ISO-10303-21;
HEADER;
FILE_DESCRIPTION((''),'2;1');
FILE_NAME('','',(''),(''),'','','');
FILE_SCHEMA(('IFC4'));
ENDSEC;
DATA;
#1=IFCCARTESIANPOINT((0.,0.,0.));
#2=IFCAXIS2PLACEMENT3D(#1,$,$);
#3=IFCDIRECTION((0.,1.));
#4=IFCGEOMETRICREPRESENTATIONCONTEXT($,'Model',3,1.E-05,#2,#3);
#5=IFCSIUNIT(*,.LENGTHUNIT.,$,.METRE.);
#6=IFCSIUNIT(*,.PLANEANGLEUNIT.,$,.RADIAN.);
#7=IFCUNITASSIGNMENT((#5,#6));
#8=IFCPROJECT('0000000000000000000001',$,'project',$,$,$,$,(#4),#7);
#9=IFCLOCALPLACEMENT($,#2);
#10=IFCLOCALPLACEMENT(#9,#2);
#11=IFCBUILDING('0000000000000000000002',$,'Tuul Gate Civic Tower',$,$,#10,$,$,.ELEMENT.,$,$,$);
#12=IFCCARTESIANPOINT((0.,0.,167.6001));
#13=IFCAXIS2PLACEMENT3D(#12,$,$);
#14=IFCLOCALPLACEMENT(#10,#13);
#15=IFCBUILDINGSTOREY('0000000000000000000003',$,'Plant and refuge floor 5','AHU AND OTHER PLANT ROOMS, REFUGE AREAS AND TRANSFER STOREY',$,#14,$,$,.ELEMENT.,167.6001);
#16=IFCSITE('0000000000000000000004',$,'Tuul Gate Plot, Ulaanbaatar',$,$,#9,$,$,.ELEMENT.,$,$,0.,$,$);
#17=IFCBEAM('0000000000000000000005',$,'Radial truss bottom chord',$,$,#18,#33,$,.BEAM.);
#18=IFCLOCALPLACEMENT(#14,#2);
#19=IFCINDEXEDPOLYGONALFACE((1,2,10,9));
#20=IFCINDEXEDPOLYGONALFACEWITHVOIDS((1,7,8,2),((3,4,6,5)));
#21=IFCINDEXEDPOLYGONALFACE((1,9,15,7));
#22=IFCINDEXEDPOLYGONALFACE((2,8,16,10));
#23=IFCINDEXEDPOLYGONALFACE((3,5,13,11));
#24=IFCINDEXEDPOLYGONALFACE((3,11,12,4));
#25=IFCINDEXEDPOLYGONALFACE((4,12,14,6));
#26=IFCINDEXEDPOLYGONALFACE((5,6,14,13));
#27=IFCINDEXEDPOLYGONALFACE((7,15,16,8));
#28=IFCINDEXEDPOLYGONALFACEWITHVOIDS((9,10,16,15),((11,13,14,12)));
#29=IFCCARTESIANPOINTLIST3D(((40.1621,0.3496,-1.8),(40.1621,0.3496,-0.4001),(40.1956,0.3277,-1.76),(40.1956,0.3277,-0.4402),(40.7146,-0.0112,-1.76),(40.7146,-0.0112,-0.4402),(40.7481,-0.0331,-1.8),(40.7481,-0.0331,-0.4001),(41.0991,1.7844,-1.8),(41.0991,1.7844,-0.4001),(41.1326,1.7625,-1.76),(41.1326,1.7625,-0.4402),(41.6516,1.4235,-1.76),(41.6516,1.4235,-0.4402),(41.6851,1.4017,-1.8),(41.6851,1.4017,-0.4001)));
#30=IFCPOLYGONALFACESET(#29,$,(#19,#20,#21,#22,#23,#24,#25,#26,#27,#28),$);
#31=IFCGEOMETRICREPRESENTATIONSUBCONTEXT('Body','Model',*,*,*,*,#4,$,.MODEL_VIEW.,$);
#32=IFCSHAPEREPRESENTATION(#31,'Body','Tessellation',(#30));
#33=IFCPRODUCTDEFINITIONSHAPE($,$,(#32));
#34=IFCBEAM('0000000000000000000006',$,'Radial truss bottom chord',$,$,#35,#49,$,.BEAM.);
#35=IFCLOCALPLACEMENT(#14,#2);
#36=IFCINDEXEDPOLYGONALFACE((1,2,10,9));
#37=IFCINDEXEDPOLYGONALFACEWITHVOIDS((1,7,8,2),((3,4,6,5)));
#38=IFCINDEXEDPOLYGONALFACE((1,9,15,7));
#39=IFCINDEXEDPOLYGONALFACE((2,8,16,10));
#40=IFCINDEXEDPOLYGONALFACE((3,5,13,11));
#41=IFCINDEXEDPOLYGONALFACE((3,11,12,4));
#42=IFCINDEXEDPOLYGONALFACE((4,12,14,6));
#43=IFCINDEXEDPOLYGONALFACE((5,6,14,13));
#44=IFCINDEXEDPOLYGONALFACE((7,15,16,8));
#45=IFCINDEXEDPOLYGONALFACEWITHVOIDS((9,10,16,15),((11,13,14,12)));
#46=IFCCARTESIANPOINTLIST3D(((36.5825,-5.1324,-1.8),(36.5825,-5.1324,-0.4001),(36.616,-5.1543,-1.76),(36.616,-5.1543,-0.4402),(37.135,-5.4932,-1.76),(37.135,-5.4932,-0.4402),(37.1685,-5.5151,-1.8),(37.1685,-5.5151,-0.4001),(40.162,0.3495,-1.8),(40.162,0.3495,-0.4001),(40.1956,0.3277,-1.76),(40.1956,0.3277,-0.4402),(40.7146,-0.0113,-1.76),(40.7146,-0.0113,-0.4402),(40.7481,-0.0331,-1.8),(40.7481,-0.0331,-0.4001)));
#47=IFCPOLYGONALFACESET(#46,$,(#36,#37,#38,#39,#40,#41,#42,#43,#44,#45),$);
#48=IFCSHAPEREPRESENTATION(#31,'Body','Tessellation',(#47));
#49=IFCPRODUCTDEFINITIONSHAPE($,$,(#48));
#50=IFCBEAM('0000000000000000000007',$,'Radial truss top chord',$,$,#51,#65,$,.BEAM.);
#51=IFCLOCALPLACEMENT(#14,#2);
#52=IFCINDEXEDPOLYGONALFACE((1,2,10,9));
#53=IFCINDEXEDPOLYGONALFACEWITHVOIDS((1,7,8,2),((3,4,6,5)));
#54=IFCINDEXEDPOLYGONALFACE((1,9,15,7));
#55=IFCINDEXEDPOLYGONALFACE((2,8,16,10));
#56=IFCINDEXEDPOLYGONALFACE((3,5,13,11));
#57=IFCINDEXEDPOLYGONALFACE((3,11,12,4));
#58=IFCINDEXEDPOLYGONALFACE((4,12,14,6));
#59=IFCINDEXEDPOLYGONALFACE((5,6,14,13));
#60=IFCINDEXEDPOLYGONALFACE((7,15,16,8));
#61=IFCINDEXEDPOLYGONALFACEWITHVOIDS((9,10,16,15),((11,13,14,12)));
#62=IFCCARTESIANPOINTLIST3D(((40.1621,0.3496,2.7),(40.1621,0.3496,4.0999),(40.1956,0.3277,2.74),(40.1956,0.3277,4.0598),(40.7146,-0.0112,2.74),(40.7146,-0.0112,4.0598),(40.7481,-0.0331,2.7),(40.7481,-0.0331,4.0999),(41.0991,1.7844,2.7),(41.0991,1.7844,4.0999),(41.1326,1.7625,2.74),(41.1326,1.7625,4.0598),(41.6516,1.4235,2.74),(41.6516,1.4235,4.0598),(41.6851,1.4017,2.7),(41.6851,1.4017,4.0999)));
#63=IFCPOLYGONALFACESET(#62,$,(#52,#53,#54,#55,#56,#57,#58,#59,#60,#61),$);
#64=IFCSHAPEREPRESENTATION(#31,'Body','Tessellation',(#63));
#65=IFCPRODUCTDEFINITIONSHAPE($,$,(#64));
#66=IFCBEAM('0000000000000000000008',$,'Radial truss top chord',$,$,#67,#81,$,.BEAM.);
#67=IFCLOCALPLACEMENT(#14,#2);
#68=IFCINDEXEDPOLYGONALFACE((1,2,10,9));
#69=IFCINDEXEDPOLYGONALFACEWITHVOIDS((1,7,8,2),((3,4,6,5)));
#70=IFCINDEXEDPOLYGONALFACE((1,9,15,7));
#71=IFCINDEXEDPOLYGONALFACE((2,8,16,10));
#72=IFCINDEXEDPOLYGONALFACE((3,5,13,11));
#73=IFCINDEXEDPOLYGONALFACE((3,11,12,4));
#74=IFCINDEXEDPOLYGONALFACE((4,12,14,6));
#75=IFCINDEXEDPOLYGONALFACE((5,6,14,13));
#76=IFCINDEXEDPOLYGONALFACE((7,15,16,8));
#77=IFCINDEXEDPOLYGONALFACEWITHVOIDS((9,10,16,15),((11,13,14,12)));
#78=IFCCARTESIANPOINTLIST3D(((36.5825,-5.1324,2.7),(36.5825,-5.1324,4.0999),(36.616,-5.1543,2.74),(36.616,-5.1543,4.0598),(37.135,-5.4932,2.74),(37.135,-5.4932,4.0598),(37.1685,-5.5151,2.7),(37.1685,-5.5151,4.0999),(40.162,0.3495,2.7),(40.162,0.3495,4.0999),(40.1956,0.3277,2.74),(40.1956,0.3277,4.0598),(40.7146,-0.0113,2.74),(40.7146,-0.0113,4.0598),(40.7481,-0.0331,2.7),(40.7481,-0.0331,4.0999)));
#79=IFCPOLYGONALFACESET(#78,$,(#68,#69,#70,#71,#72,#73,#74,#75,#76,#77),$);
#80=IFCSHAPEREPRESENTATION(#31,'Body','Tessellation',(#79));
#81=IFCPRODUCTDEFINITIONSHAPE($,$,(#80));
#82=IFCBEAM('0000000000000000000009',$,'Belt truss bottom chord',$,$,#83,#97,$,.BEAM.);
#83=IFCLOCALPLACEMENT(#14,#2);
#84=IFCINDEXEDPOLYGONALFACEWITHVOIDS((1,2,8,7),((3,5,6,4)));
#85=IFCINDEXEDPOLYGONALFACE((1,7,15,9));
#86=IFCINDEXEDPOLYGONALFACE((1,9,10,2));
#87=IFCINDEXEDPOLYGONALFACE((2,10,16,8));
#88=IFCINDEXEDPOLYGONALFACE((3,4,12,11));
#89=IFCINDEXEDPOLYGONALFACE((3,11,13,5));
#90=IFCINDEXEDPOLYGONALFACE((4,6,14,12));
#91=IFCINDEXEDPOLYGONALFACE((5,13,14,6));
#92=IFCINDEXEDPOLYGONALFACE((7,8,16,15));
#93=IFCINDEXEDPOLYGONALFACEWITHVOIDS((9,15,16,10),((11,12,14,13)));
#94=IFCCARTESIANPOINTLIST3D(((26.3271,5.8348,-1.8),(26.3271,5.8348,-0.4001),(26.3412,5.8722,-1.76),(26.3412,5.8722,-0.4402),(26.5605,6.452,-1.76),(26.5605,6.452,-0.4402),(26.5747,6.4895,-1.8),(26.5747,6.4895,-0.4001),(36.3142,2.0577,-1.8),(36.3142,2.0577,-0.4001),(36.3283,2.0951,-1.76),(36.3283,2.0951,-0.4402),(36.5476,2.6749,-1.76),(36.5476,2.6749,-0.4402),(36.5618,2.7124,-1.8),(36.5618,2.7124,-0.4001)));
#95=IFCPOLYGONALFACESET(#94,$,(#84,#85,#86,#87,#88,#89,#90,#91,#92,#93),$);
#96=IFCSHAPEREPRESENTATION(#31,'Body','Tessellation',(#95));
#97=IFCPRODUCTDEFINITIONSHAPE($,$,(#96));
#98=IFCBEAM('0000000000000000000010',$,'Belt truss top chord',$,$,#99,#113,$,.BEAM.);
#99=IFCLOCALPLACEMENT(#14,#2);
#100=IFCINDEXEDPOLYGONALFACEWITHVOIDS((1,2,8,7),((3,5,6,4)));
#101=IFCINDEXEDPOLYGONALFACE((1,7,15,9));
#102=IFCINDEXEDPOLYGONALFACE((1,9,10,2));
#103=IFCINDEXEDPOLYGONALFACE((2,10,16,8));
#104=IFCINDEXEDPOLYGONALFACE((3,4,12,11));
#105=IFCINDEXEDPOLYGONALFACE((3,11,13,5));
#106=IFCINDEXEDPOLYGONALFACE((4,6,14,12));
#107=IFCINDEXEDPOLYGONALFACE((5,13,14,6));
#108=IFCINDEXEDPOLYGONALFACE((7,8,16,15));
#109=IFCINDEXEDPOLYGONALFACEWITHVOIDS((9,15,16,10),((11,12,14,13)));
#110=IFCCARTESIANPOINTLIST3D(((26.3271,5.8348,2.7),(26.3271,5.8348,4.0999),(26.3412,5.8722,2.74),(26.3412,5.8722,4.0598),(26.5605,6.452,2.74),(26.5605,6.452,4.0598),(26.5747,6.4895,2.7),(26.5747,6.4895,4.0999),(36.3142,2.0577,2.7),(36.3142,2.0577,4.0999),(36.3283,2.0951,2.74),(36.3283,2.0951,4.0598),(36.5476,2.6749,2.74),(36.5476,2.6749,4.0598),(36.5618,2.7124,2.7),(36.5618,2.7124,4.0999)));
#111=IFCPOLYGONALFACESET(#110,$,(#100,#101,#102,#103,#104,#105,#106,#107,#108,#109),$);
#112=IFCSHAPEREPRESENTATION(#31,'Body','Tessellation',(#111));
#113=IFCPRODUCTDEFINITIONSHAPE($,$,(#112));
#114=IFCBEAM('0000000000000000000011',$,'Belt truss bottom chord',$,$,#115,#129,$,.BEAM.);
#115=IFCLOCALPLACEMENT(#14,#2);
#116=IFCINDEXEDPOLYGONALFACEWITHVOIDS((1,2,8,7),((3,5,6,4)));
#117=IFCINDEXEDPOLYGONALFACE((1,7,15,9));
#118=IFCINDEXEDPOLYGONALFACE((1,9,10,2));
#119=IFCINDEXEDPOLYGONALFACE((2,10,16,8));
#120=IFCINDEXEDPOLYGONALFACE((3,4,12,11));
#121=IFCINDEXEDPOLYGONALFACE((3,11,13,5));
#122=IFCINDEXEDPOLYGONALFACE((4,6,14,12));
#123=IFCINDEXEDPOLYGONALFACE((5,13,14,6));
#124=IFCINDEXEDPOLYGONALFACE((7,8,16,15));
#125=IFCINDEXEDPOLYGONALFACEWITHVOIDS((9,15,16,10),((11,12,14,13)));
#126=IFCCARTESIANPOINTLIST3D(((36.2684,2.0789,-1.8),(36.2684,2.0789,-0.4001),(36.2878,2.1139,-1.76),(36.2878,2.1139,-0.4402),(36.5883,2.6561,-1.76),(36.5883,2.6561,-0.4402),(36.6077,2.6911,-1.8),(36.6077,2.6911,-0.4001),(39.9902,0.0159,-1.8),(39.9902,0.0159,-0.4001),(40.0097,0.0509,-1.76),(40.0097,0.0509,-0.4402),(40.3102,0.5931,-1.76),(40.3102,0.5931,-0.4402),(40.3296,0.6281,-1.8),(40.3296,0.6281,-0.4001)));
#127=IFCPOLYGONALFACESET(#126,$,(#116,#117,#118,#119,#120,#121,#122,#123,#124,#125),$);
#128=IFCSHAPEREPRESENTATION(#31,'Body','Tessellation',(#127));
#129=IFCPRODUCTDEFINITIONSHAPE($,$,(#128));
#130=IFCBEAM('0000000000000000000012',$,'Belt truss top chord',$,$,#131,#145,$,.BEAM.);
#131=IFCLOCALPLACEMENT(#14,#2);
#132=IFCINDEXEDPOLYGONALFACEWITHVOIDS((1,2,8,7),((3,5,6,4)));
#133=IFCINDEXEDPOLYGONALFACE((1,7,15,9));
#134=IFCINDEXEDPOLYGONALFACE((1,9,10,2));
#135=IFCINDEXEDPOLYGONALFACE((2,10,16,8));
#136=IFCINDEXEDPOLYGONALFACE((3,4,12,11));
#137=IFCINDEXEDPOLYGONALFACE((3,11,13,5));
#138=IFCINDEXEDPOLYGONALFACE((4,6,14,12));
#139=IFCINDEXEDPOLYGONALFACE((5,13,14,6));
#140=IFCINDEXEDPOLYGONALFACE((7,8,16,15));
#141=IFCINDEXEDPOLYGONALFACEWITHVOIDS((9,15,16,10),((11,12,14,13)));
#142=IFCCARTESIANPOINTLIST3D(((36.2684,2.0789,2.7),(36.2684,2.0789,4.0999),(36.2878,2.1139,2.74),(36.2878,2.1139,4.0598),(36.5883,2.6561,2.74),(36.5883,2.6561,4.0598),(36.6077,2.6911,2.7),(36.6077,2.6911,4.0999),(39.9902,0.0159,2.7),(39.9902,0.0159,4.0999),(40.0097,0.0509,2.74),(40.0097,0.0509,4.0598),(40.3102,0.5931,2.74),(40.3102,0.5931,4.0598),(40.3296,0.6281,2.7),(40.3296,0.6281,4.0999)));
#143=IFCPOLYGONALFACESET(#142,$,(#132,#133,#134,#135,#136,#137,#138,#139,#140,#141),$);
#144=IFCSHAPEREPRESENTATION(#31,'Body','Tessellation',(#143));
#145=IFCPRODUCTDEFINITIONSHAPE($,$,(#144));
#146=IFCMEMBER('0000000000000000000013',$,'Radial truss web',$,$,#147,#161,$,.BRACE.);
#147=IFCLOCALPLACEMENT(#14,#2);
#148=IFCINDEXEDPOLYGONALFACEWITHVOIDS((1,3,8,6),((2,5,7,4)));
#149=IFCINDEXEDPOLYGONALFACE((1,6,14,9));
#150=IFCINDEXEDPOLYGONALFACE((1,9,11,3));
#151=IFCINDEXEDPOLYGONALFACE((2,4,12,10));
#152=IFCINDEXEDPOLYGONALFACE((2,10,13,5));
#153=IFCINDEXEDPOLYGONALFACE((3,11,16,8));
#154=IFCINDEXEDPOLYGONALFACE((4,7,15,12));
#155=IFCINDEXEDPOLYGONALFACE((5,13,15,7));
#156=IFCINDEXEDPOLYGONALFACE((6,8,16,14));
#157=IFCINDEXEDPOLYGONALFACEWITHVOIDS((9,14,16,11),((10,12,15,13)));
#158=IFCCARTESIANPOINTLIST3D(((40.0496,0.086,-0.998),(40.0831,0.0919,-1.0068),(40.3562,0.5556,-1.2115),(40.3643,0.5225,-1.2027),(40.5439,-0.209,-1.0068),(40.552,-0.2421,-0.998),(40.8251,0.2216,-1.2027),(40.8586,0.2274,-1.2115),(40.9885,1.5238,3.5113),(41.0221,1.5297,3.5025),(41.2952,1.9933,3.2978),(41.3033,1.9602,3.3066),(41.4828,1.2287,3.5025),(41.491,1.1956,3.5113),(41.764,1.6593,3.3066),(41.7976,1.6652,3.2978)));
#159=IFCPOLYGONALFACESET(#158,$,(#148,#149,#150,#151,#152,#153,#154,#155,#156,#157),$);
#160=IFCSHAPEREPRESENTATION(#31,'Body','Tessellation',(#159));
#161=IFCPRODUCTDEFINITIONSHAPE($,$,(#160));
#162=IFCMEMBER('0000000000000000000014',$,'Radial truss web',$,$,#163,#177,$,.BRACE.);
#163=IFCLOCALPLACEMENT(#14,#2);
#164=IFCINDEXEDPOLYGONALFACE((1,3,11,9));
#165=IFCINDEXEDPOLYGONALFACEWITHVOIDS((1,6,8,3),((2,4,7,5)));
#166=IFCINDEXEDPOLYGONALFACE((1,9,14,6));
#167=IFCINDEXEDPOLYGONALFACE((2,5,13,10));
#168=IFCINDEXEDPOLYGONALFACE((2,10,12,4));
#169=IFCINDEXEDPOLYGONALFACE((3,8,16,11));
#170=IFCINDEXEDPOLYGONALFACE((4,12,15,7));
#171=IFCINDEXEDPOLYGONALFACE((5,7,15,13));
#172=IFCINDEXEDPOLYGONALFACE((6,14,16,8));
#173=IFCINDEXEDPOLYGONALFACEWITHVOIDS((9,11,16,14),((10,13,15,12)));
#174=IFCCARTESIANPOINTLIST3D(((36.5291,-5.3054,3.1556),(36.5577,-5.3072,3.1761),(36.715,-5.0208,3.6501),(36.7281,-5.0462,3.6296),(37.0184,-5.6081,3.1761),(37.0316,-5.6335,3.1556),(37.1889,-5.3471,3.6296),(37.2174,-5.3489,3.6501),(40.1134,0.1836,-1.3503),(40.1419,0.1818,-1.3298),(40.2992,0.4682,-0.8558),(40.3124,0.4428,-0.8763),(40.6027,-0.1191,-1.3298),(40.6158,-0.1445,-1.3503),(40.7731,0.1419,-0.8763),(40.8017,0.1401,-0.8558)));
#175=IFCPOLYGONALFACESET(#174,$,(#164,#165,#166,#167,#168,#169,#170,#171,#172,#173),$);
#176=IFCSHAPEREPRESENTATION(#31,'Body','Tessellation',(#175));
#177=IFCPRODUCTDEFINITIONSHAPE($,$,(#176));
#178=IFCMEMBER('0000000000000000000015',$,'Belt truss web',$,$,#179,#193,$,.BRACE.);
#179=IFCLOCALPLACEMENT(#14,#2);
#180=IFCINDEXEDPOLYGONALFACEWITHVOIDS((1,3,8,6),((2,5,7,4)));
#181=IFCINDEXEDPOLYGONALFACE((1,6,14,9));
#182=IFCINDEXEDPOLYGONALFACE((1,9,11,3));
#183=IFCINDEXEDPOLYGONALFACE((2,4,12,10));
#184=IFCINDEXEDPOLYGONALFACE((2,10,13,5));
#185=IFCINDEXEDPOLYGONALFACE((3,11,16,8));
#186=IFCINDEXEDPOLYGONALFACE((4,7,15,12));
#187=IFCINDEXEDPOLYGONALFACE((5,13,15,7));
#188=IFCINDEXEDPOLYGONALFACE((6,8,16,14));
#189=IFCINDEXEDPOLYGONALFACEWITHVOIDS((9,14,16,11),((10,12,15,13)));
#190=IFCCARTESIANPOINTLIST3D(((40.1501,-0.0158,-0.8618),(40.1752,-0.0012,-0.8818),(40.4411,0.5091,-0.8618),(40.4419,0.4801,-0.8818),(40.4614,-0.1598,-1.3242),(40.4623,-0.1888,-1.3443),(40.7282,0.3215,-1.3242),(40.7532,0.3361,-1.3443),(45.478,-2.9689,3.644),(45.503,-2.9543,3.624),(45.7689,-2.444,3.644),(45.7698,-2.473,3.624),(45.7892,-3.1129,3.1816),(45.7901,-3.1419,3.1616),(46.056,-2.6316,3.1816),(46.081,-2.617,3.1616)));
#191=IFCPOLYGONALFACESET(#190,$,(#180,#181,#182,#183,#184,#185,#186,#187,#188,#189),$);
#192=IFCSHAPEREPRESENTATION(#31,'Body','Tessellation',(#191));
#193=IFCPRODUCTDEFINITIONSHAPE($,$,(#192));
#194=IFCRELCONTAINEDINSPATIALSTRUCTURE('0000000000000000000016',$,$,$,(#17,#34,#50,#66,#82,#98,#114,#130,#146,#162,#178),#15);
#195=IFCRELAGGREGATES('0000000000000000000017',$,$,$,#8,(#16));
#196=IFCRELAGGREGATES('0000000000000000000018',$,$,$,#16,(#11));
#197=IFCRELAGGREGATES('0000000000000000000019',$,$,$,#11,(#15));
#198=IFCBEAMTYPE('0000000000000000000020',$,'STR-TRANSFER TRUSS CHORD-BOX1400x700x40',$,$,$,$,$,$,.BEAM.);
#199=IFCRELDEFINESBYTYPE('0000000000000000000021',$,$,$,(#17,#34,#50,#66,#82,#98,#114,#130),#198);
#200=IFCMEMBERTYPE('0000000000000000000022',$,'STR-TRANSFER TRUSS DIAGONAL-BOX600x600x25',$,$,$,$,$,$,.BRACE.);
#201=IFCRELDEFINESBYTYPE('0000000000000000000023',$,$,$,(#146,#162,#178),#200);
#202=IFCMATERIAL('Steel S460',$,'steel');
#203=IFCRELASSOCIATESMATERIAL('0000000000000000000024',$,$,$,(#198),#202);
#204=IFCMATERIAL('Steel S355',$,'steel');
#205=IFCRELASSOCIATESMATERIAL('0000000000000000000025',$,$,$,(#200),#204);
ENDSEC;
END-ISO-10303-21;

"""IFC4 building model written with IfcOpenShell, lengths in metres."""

from ifc_helpers import new_model, si_unit, direction, frame, origin, origin_2d, place, context, subcontext, project, spatial, hollow_rectangle, extrude, material, material_profile, profile_set, type_object, element, save


model = new_model("IFC4")

# Units and contexts
model_context = context("Model", 3, precision=1e-05, world=origin(), true_north=direction((0.0, 1.0)))
body_context = subcontext(model_context, "Body", "Model", "MODEL_VIEW")
ifc_project = project(units=[si_unit("LENGTHUNIT", "METRE"), si_unit("PLANEANGLEUNIT", "RADIAN")], contexts=[model_context])

# Site, building, storey
site_placement = place(None, origin())
site = spatial("IfcSite", under=ifc_project, at=site_placement, Name="Tuul Gate Plot, Ulaanbaatar", CompositionType="ELEMENT", RefElevation=0.0)
building_placement = place(site_placement, origin())
building = spatial("IfcBuilding", under=site, at=building_placement, Name="Tuul Gate Civic Tower", CompositionType="ELEMENT")
storey_placement = place(building_placement, frame((0.0, 0.0, 167.6001)))
storey = spatial("IfcBuildingStorey", under=building, at=storey_placement, Name="Plant and refuge floor 5", Description="AHU AND OTHER PLANT ROOMS, REFUGE AREAS AND TRANSFER STOREY", CompositionType="ELEMENT", Elevation=167.6001)

# Beams
ifc_material_1 = material(Name="Steel S460", Category="steel")
ifc_material_profile_1 = material_profile(ifc_material_1, hollow_rectangle(XDim=0.7, YDim=1.3999, WallThickness=0.04, at=origin_2d()), Name="BOX1400x700x40")
ifc_profile_set_1 = profile_set([ifc_material_profile_1], Name="Steel S460")
beam_type = type_object("IfcBeamType", Name="STR-TRANSFER TRUSS CHORD-BOX1400x700x40", PredefinedType="BEAM", material=ifc_profile_set_1)
beam_1_placement = place(storey_placement, frame((41.3921, 1.593, -1.1001), z_axis=(-0.546785, -0.837273, 0.0), x_axis=(0.837273, -0.546785, 0.0)))
element("IfcBeam", 1, at=beam_1_placement, inside=storey, type_object=beam_type, Name="Radial truss bottom chord", PredefinedType="BEAM", context=body_context, shape_type="SweptSolid", body=[
    extrude(hollow_rectangle(XDim=0.7, YDim=1.3999, WallThickness=0.04, at=origin_2d()), origin(), (0.0, 0.0, 1.0), 1.7136),
])
beam_2_placement = place(storey_placement, frame((40.4551, 0.1582, -1.1001), z_axis=(-0.546741, -0.837302, 0.0), x_axis=(0.837302, -0.546741, 0.0)))
element("IfcBeam", 2, at=beam_2_placement, inside=storey, type_object=beam_type, Name="Radial truss bottom chord", PredefinedType="BEAM", context=body_context, shape_type="SweptSolid", body=[
    extrude(hollow_rectangle(XDim=0.7, YDim=1.3999, WallThickness=0.04, at=origin_2d()), origin(), (0.0, 0.0, 1.0), 6.5471),
])
beam_3_placement = place(storey_placement, frame((41.3921, 1.593, 3.3999), z_axis=(-0.546785, -0.837273, 0.0), x_axis=(0.837273, -0.546785, 0.0)))
element("IfcBeam", 3, at=beam_3_placement, inside=storey, type_object=beam_type, Name="Radial truss top chord", PredefinedType="BEAM", context=body_context, shape_type="SweptSolid", body=[
    extrude(hollow_rectangle(XDim=0.7, YDim=1.3999, WallThickness=0.04, at=origin_2d()), origin(), (0.0, 0.0, 1.0), 1.7136),
])
beam_4_placement = place(storey_placement, frame((40.4551, 0.1582, 3.3999), z_axis=(-0.546741, -0.837302, 0.0), x_axis=(0.837302, -0.546741, 0.0)))
element("IfcBeam", 4, at=beam_4_placement, inside=storey, type_object=beam_type, Name="Radial truss top chord", PredefinedType="BEAM", context=body_context, shape_type="SweptSolid", body=[
    extrude(hollow_rectangle(XDim=0.7, YDim=1.3999, WallThickness=0.04, at=origin_2d()), origin(), (0.0, 0.0, 1.0), 6.5471),
])
for number, where, z_axis, x_axis, name in (
    (5, (36.438, 2.385, -1.1001), (-0.935342, 0.353746, 0.0), (-0.353746, -0.935342, 0.0), "Belt truss bottom chord"),
    (6, (36.438, 2.385, 3.3999), (-0.935342, 0.353746, 0.0), (-0.353746, -0.935342, 0.0), "Belt truss top chord"),
):
    element("IfcBeam", number, at=place(storey_placement, frame(where, z_axis=z_axis, x_axis=x_axis)), inside=storey, type_object=beam_type, Name=name, PredefinedType="BEAM", context=body_context, shape_type="SweptSolid", body=[
        extrude(hollow_rectangle(XDim=0.7, YDim=1.3999, WallThickness=0.04, at=origin_2d()), origin(), (0.0, 0.0, 1.0), 10.6775),
    ])
for number, where, z_axis, x_axis, name in (
    (7, (40.1599, 0.322, -1.1001), (-0.87463, 0.48479, 0.0), (-0.48479, -0.87463, 0.0), "Belt truss bottom chord"),
    (8, (40.1599, 0.322, 3.3999), (-0.87463, 0.48479, 0.0), (-0.48479, -0.87463, 0.0), "Belt truss top chord"),
):
    element("IfcBeam", number, at=place(storey_placement, frame(where, z_axis=z_axis, x_axis=x_axis)), inside=storey, type_object=beam_type, Name=name, PredefinedType="BEAM", context=body_context, shape_type="SweptSolid", body=[
        extrude(hollow_rectangle(XDim=0.7, YDim=1.3999, WallThickness=0.04, at=origin_2d()), origin(), (0.0, 0.0, 1.0), 4.2554),
    ])

# Members
ifc_material_2 = material(Name="Steel S355", Category="steel")
ifc_material_profile_2 = material_profile(ifc_material_2, hollow_rectangle(XDim=0.6001, YDim=0.6001, WallThickness=0.0249, at=origin_2d()), Name="BOX600x600x25")
ifc_profile_set_2 = profile_set([ifc_material_profile_2], Name="Steel S355")
member_type_1 = type_object("IfcMemberType", Name="STR-TRANSFER TRUSS DIAGONAL-BOX600x600x25", PredefinedType="BRACE", material=ifc_profile_set_2)
member_1_placement = place(storey_placement, frame((40.4541, 0.1567, -1.1047), z_axis=(0.194597, 0.297967, 0.934531), x_axis=(-0.837263, 0.546801, 0.0)))
element("IfcMember", 9, at=member_1_placement, inside=storey, type_object=member_type_1, Name="Radial truss web", PredefinedType="BRACE", context=body_context, shape_type="SweptSolid", body=[
    extrude(hollow_rectangle(XDim=0.6001, YDim=0.6001, WallThickness=0.0249, at=origin_2d()), origin(), (0.0, 0.0, 1.0), 4.8252),
])
member_2_placement = place(storey_placement, frame((40.4575, 0.1619, -1.103), z_axis=(-0.450575, -0.690026, 0.566433), x_axis=(0.837301, -0.546743, 0.0)))
element("IfcMember", 10, at=member_2_placement, inside=storey, type_object=member_type_1, Name="Radial truss web", PredefinedType="BRACE", context=body_context, shape_type="SweptSolid", body=[
    extrude(hollow_rectangle(XDim=0.6001, YDim=0.6001, WallThickness=0.0249, at=origin_2d()), origin(), (0.0, 0.0, 1.0), 7.9548),
])
member_3_placement = place(storey_placement, frame((40.4517, 0.1602, -1.103), z_axis=(0.70317, -0.389752, 0.594681), x_axis=(0.484789, 0.874631, 0.0)))
element("IfcMember", 11, at=member_3_placement, inside=storey, type_object=member_type_1, Name="Belt truss web", PredefinedType="BRACE", context=body_context, shape_type="SweptSolid", body=[
    extrude(hollow_rectangle(XDim=0.6001, YDim=0.6001, WallThickness=0.0249, at=origin_2d()), origin(), (0.0, 0.0, 1.0), 7.5769),
])

save(model, "model.ifc")
